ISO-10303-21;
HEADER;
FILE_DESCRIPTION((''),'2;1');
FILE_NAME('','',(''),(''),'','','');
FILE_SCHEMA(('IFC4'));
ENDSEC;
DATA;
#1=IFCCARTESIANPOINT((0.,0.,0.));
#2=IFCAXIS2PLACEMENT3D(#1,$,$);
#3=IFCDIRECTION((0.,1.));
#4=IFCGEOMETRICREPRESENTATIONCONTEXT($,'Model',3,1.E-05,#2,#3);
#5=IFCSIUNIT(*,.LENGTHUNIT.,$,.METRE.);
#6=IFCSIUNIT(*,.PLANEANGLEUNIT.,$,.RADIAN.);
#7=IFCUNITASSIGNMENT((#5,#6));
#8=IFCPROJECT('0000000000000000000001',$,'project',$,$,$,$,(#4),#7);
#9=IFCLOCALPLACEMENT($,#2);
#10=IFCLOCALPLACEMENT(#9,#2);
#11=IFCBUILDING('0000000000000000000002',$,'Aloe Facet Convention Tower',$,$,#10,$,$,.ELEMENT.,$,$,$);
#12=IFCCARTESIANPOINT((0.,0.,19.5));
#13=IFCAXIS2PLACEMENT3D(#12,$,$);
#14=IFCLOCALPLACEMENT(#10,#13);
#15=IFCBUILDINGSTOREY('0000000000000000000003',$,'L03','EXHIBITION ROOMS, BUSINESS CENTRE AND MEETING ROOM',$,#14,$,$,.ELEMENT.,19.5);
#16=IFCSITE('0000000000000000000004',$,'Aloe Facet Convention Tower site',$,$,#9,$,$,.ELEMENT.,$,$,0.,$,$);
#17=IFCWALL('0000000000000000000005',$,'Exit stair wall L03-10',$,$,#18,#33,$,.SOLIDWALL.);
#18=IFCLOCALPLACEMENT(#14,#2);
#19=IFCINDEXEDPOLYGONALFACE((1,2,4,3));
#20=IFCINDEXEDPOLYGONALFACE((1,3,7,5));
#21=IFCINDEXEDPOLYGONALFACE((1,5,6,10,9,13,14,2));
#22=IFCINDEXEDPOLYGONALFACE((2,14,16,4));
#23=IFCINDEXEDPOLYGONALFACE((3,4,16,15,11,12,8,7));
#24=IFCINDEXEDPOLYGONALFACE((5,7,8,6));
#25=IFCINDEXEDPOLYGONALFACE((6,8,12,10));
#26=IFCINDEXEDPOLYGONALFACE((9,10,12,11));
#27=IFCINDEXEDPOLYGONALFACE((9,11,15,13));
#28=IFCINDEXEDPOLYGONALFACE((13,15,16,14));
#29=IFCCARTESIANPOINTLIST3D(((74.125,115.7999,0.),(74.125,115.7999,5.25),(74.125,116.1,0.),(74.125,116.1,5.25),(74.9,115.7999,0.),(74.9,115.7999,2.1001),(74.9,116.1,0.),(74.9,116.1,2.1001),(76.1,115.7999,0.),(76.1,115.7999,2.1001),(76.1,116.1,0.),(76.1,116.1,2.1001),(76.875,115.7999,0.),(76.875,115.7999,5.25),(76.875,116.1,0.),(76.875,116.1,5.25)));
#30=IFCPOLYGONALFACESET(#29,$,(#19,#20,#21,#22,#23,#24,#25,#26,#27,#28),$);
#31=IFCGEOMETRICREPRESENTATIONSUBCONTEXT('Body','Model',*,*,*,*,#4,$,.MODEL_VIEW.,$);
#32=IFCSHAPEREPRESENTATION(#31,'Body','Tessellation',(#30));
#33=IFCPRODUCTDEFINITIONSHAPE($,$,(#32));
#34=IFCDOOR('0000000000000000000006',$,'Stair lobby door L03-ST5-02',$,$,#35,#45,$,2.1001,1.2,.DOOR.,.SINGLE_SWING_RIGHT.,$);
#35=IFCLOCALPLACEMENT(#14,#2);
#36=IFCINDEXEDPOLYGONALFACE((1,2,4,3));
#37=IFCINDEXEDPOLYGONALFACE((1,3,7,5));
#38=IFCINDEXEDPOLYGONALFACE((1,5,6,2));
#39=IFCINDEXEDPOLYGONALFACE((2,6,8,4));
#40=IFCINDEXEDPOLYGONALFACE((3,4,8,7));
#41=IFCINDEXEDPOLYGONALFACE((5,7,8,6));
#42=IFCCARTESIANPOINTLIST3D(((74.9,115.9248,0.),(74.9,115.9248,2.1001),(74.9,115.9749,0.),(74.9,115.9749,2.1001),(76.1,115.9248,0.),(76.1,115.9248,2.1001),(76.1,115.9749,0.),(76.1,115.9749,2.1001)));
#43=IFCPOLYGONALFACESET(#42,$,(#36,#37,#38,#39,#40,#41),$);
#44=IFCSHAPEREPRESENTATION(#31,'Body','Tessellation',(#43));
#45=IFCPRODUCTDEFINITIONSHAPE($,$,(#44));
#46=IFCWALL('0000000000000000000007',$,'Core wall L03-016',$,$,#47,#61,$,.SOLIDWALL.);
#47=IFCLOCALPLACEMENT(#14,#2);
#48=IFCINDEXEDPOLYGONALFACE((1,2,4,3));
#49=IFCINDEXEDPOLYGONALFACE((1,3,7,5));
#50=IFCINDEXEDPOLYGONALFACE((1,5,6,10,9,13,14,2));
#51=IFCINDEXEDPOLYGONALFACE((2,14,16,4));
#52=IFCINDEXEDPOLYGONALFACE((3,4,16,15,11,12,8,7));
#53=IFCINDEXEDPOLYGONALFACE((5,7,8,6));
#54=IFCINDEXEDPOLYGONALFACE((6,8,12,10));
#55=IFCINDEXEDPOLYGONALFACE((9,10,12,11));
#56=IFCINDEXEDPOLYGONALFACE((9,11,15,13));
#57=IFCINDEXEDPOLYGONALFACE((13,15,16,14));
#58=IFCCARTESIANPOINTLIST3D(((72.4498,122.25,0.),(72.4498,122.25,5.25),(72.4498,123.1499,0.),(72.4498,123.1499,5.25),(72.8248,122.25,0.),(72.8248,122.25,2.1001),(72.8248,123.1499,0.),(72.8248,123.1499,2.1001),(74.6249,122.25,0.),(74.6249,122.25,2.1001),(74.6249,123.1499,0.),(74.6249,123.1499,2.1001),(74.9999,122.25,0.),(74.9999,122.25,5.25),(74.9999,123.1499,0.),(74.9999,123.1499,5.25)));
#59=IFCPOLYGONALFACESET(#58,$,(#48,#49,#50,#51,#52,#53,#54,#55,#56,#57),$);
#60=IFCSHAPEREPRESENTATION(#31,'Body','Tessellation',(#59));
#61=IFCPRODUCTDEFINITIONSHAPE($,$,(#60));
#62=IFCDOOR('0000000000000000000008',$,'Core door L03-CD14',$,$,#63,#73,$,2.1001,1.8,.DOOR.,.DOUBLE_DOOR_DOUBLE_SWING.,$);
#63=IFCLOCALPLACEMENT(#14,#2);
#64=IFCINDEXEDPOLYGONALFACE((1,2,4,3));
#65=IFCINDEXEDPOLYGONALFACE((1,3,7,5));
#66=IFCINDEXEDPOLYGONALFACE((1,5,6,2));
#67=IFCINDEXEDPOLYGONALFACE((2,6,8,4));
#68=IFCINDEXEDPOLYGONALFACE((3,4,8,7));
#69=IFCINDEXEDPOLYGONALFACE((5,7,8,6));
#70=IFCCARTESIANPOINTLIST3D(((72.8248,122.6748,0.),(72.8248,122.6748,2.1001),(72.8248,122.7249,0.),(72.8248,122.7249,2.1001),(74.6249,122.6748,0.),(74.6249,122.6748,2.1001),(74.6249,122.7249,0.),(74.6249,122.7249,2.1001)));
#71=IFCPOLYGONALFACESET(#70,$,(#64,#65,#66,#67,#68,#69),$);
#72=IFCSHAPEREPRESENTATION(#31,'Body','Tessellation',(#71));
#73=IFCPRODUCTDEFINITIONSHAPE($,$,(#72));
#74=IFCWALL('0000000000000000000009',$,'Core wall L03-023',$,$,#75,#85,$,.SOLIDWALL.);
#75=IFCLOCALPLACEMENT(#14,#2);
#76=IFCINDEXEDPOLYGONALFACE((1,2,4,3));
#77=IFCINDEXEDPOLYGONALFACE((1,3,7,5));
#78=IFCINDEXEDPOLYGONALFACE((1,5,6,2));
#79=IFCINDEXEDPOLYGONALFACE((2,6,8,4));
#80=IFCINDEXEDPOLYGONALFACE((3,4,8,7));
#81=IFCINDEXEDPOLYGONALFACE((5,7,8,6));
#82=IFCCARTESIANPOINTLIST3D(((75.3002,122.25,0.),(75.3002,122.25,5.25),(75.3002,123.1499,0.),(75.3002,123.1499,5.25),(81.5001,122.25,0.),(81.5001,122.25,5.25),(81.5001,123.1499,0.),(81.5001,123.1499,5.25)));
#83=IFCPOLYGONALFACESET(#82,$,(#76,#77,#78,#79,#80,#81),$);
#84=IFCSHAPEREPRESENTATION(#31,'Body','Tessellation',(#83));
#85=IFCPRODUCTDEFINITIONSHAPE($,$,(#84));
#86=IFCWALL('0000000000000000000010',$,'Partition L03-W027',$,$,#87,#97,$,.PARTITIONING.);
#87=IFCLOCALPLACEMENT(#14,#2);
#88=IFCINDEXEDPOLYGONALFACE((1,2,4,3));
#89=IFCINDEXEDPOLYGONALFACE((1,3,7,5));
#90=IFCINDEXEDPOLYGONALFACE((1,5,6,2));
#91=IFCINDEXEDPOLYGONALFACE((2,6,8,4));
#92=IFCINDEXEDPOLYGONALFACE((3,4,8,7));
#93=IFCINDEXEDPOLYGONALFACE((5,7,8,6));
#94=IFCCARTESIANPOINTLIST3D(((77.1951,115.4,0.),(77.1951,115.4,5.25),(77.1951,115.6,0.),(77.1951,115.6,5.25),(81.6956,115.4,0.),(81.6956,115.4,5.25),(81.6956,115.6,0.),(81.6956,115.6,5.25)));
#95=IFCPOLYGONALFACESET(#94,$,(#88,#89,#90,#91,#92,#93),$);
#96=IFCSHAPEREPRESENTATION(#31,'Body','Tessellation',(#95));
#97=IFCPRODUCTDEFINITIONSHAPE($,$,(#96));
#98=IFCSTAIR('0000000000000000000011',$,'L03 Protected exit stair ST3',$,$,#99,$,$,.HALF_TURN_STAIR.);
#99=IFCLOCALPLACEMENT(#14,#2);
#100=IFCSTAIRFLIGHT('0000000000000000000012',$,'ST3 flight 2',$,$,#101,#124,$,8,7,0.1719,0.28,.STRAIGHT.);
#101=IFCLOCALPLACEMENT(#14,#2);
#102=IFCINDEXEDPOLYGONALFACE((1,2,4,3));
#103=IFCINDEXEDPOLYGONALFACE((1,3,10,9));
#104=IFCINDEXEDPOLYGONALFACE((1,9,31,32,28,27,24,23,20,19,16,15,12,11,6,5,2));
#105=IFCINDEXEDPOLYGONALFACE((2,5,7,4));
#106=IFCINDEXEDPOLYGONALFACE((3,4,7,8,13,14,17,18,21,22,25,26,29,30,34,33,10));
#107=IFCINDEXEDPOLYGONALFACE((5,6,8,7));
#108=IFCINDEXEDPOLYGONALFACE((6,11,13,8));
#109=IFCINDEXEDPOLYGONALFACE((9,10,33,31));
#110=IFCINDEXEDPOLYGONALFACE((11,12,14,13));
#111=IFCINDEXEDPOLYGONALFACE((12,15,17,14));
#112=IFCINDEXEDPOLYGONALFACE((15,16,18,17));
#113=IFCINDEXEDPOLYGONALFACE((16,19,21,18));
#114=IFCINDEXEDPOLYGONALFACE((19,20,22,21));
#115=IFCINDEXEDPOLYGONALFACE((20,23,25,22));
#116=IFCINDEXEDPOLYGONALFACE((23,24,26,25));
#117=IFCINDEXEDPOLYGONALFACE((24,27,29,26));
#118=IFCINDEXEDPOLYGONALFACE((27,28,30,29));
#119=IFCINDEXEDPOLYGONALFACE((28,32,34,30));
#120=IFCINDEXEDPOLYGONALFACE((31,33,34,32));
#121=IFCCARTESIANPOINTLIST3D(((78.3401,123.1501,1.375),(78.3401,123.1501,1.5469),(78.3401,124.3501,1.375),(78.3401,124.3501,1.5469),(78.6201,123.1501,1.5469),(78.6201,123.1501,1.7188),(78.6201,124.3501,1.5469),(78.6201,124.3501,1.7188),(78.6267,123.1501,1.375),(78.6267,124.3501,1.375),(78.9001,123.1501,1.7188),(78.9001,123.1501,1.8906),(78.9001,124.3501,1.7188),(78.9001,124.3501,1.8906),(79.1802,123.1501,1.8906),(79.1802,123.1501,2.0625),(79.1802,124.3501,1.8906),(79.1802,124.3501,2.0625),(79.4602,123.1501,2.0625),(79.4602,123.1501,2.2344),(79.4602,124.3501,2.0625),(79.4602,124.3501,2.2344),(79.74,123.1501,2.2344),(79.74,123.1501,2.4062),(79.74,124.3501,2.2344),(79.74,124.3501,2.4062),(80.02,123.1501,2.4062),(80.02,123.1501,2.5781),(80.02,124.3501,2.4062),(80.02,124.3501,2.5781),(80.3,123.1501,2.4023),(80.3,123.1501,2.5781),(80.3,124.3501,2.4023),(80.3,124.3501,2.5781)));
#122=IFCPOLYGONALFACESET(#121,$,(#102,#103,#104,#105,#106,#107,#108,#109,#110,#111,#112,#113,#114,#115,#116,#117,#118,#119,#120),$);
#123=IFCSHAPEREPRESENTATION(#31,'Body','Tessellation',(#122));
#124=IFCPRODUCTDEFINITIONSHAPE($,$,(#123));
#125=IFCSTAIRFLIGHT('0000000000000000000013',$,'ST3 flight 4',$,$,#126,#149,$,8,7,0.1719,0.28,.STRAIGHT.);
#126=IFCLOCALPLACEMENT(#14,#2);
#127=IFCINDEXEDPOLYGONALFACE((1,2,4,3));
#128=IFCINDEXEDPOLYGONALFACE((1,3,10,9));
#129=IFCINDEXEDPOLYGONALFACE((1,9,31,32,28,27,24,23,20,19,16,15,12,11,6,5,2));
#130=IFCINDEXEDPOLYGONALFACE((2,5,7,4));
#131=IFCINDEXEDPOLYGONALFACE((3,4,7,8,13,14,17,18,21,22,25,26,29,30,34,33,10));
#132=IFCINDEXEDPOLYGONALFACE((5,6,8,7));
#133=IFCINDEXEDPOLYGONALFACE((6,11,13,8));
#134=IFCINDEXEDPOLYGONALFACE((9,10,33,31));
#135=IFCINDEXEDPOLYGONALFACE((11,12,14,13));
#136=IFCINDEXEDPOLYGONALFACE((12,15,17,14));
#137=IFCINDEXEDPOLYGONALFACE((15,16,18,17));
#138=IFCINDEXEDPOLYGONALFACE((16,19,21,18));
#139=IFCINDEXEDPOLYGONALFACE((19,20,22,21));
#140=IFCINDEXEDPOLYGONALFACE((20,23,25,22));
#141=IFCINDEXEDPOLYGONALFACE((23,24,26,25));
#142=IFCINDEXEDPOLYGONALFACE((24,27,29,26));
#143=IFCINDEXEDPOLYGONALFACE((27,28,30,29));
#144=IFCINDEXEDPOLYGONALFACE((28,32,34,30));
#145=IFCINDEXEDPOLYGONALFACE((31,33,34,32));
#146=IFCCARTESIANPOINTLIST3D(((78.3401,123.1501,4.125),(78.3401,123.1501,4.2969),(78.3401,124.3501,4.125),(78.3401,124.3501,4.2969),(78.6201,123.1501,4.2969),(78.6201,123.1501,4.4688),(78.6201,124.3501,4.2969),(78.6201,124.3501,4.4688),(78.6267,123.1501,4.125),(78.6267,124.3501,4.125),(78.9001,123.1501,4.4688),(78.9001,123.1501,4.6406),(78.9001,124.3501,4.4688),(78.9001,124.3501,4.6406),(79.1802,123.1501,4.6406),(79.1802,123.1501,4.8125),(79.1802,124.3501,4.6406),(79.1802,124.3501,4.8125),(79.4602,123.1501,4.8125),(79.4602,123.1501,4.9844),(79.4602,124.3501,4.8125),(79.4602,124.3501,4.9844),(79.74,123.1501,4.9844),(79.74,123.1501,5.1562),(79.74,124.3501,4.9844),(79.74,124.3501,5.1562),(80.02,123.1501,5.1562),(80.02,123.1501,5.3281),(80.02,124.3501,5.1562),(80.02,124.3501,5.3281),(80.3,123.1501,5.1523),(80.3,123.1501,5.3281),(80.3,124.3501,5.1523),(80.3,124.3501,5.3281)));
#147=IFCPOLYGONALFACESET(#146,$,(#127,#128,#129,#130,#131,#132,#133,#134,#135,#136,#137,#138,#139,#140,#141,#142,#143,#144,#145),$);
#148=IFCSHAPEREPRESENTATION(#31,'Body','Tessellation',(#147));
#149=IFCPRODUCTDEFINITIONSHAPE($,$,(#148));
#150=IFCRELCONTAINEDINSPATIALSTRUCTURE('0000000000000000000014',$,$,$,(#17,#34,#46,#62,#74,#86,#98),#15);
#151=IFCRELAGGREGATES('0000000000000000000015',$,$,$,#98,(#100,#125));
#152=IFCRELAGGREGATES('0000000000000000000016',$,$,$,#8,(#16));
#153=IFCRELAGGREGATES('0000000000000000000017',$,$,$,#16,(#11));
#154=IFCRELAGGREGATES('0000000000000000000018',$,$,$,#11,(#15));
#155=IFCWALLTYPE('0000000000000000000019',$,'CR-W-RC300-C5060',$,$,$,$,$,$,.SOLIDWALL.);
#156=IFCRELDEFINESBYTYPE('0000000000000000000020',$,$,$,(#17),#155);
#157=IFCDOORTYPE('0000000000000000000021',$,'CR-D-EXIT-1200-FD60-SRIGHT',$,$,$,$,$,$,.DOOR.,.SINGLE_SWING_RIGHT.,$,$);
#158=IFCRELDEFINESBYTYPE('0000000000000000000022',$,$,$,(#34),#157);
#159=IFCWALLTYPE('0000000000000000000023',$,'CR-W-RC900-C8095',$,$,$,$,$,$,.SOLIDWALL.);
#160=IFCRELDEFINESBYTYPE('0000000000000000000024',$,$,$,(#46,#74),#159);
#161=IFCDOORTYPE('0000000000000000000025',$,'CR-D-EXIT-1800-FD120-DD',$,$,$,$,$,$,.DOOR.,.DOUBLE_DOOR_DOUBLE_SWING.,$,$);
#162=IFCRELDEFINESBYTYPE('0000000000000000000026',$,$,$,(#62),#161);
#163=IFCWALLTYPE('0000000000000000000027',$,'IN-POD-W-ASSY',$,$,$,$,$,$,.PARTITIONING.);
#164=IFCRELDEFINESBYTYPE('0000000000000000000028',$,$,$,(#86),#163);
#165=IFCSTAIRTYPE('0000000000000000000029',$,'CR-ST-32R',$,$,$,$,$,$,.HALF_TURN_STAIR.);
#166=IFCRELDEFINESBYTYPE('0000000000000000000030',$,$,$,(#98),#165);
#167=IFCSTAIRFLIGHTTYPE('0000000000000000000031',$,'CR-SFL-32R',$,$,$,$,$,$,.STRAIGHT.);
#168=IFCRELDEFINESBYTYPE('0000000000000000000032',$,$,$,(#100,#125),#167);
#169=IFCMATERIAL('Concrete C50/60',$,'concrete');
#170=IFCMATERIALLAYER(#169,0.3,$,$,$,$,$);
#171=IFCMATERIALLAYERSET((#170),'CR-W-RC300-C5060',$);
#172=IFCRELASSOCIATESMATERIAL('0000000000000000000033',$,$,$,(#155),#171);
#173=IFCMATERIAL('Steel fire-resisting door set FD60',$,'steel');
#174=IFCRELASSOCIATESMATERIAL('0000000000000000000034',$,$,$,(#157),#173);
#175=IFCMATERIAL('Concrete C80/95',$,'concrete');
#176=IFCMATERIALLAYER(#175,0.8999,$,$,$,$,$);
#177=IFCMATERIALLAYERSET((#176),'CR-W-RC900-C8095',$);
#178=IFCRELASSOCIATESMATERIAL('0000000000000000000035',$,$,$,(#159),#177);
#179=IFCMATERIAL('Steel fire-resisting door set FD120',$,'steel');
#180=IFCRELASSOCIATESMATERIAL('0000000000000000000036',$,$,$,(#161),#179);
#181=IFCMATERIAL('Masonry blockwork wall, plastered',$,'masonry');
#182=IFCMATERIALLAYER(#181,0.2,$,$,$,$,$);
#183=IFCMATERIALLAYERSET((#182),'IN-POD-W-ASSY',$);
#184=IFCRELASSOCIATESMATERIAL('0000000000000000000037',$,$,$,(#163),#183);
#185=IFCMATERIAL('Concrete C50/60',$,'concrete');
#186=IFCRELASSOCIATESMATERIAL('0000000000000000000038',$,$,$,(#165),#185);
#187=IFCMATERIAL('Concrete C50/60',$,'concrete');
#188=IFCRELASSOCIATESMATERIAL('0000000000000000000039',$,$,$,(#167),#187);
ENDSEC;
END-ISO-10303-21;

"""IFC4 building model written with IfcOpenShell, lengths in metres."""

from ifc_helpers import new_model, si_unit, direction, frame, frame_2d, origin, place, context, subcontext, project, spatial, polyline, rectangle, outline, extrude, material, layer, layer_set, type_object, element, fill, aggregate, save


model = new_model("IFC4")

# Units and contexts
model_context = context("Model", 3, precision=1e-05, world=origin(), true_north=direction((0.0, 1.0)))
body_context = subcontext(model_context, "Body", "Model", "MODEL_VIEW")
ifc_project = project(units=[si_unit("LENGTHUNIT", "METRE"), si_unit("PLANEANGLEUNIT", "RADIAN")], contexts=[model_context])

# Site, building, storey
site_placement = place(None, origin())
site = spatial("IfcSite", under=ifc_project, at=site_placement, Name="Aloe Facet Convention Tower site", CompositionType="ELEMENT", RefElevation=0.0)
building_placement = place(site_placement, origin())
building = spatial("IfcBuilding", under=site, at=building_placement, Name="Aloe Facet Convention Tower", CompositionType="ELEMENT")
storey_placement = place(building_placement, frame((0.0, 0.0, 19.5)))
storey = spatial("IfcBuildingStorey", under=building, at=storey_placement, Name="L03", Description="EXHIBITION ROOMS, BUSINESS CENTRE AND MEETING ROOM", CompositionType="ELEMENT", Elevation=19.5)

# Walls, openings, doors
ifc_material_1 = material(Name="Concrete C50/60", Category="concrete")
ifc_layer_1 = layer(ifc_material_1, 0.3)
ifc_layer_set_1 = layer_set([ifc_layer_1], Name="CR-W-RC300-C5060")
wall_type_1 = type_object("IfcWallType", Name="CR-W-RC300-C5060", PredefinedType="SOLIDWALL", material=ifc_layer_set_1)
wall_1_placement = place(storey_placement, frame((74.125, 115.95, 0.0), z_axis=(0.0, 0.0, 1.0), x_axis=(1.0, 0.0, 0.0)))
wall_1 = element("IfcWall", 1, at=wall_1_placement, inside=storey, type_object=wall_type_1, Name="Exit stair wall L03-10", PredefinedType="SOLIDWALL", context=body_context, shape_type="SweptSolid", body=[
    extrude(rectangle(XDim=2.75, YDim=0.3, at=frame_2d((1.375, 0.0))), origin(), (0.0, 0.0, 1.0), 5.25),
])
opening_1_placement = place(wall_1_placement, frame((0.7749, 0.0, 0.0)))
opening_1 = element("IfcOpeningElement", 2, at=opening_1_placement, cuts=wall_1, PredefinedType="OPENING", context=body_context, shape_type="SweptSolid", body=[
    extrude(rectangle(XDim=1.2, YDim=2.1001, at=frame_2d((0.6001, 1.05))), frame((0.0, 0.1602, 0.0), z_axis=(0.0, -1.0, 0.0), x_axis=(1.0, 0.0, 0.0)), (0.0, 0.0, 1.0), 0.3201),
])
ifc_material_2 = material(Name="Steel fire-resisting door set FD60", Category="steel")
door_type_1 = type_object("IfcDoorType", Name="CR-D-EXIT-1200-FD60-SRIGHT", OperationType="SINGLE_SWING_RIGHT", PredefinedType="DOOR", material=ifc_material_2)
door_1_placement = place(opening_1_placement, origin())
door_1 = element("IfcDoor", 3, at=door_1_placement, inside=storey, type_object=door_type_1, Name="Stair lobby door L03-ST5-02", OperationType="SINGLE_SWING_RIGHT", OverallHeight=2.1001, OverallWidth=1.2, PredefinedType="DOOR", context=body_context, shape_type="SweptSolid", body=[
    extrude(rectangle(XDim=1.2, YDim=2.1001, at=frame_2d((0.6001, 1.05))), frame((0.0, 0.0249, 0.0), z_axis=(0.0, -1.0, 0.0), x_axis=(1.0, 0.0, 0.0)), (0.0, 0.0, 1.0), 0.05),
])
fill(opening_1, door_1)
ifc_material_3 = material(Name="Concrete C80/95", Category="concrete")
ifc_layer_2 = layer(ifc_material_3, 0.8999)
ifc_layer_set_2 = layer_set([ifc_layer_2], Name="CR-W-RC900-C8095")
wall_type_2 = type_object("IfcWallType", Name="CR-W-RC900-C8095", PredefinedType="SOLIDWALL", material=ifc_layer_set_2)
wall_2_placement = place(storey_placement, frame((72.45, 122.7, 0.0), z_axis=(0.0, 0.0, 1.0), x_axis=(1.0, 0.0, 0.0)))
wall_2 = element("IfcWall", 4, at=wall_2_placement, inside=storey, type_object=wall_type_2, Name="Core wall L03-016", PredefinedType="SOLIDWALL", context=body_context, shape_type="SweptSolid", body=[
    extrude(rectangle(XDim=2.55, YDim=0.8999, at=frame_2d((1.2749, 0.0))), origin(), (0.0, 0.0, 1.0), 5.25),
])
opening_2_placement = place(wall_2_placement, frame((0.375, 0.0, 0.0)))
opening_2 = element("IfcOpeningElement", 5, at=opening_2_placement, cuts=wall_2, PredefinedType="OPENING", context=body_context, shape_type="SweptSolid", body=[
    extrude(rectangle(XDim=1.8, YDim=2.1001, at=frame_2d((0.8999, 1.05))), frame((0.0, 0.46, 0.0), z_axis=(0.0, -1.0, 0.0), x_axis=(1.0, 0.0, 0.0)), (0.0, 0.0, 1.0), 0.9199),
])
ifc_material_4 = material(Name="Steel fire-resisting door set FD120", Category="steel")
door_type_2 = type_object("IfcDoorType", Name="CR-D-EXIT-1800-FD120-DD", OperationType="DOUBLE_DOOR_DOUBLE_SWING", PredefinedType="DOOR", material=ifc_material_4)
door_2_placement = place(opening_2_placement, origin())
door_2 = element("IfcDoor", 6, at=door_2_placement, inside=storey, type_object=door_type_2, Name="Core door L03-CD14", OperationType="DOUBLE_DOOR_DOUBLE_SWING", OverallHeight=2.1001, OverallWidth=1.8, PredefinedType="DOOR", context=body_context, shape_type="SweptSolid", body=[
    extrude(rectangle(XDim=1.8, YDim=2.1001, at=frame_2d((0.8999, 1.05))), frame((0.0, 0.0249, 0.0), z_axis=(0.0, -1.0, 0.0), x_axis=(1.0, 0.0, 0.0)), (0.0, 0.0, 1.0), 0.05),
])
fill(opening_2, door_2)

# Walls
wall_3_placement = place(storey_placement, frame((75.3, 122.7, 0.0), z_axis=(0.0, 0.0, 1.0), x_axis=(1.0, 0.0, 0.0)))
element("IfcWall", 7, at=wall_3_placement, inside=storey, type_object=wall_type_2, Name="Core wall L03-023", PredefinedType="SOLIDWALL", context=body_context, shape_type="SweptSolid", body=[
    extrude(rectangle(XDim=6.2, YDim=0.8999, at=frame_2d((3.1001, 0.0))), origin(), (0.0, 0.0, 1.0), 5.25),
])
ifc_material_5 = material(Name="Masonry blockwork wall, plastered", Category="masonry")
ifc_layer_3 = layer(ifc_material_5, 0.2)
ifc_layer_set_3 = layer_set([ifc_layer_3], Name="IN-POD-W-ASSY")
wall_type_3 = type_object("IfcWallType", Name="IN-POD-W-ASSY", PredefinedType="PARTITIONING", material=ifc_layer_set_3)
wall_4_placement = place(storey_placement, frame((77.1951, 115.5, 0.0), z_axis=(0.0, 0.0, 1.0), x_axis=(1.0, 0.0, 0.0)))
element("IfcWall", 8, at=wall_4_placement, inside=storey, type_object=wall_type_3, Name="Partition L03-W027", PredefinedType="PARTITIONING", context=body_context, shape_type="SweptSolid", body=[
    extrude(rectangle(XDim=4.5005, YDim=0.2, at=frame_2d((2.2502, 0.0))), origin(), (0.0, 0.0, 1.0), 5.25),
])

# Stair, stair flights
ifc_material_6 = material(Name="Concrete C50/60", Category="concrete")
stair_type_1 = type_object("IfcStairType", Name="CR-ST-32R", PredefinedType="HALF_TURN_STAIR", material=ifc_material_6)
stair_1_placement = place(storey_placement, origin())
stair_1 = element("IfcStair", 9, at=stair_1_placement, inside=storey, type_object=stair_type_1, Name="L03 Protected exit stair ST3", PredefinedType="HALF_TURN_STAIR")
ifc_material_7 = material(Name="Concrete C50/60", Category="concrete")
stair_flight_type_1 = type_object("IfcStairFlightType", Name="CR-SFL-32R", PredefinedType="STRAIGHT", material=ifc_material_7)
stair_flight_1_placement = place(storey_placement, frame((78.3401, 123.75, 1.375), z_axis=(0.0, 0.0, 1.0), x_axis=(1.0, 0.0, 0.0)))
stair_flight_1 = element("IfcStairFlight", 10, at=stair_flight_1_placement, type_object=stair_flight_type_1, Name="ST3 flight 2", NumberOfRisers=8, NumberOfTreads=7, PredefinedType="STRAIGHT", RiserHeight=0.1719, TreadLength=0.28, context=body_context, shape_type="SweptSolid", body=[
    extrude(outline(polyline([(0.0, 0.0), (0.0, 0.1719), (0.28, 0.1719), (0.28, 0.3438), (0.5601, 0.3438), (0.5601, 0.5156), (0.8401, 0.5156), (0.8401, 0.6875), (1.1201, 0.6875), (1.1201, 0.8594), (1.3999, 0.8594), (1.3999, 1.0312), (1.6799, 1.0312), (1.6799, 1.2031), (1.96, 1.2031), (1.96, 1.375), (1.96, 1.0273), (0.2866, 0.0), (0.0, 0.0)])), frame((0.0, 0.6001, 0.0), z_axis=(0.0, -1.0, 0.0), x_axis=(1.0, 0.0, 0.0)), (0.0, 0.0, 1.0), 1.2),
])
stair_flight_2_placement = place(storey_placement, frame((78.3401, 123.75, 4.125), z_axis=(0.0, 0.0, 1.0), x_axis=(1.0, 0.0, 0.0)))
stair_flight_2 = element("IfcStairFlight", 11, at=stair_flight_2_placement, type_object=stair_flight_type_1, Name="ST3 flight 4", NumberOfRisers=8, NumberOfTreads=7, PredefinedType="STRAIGHT", RiserHeight=0.1719, TreadLength=0.28, context=body_context, shape_type="SweptSolid", body=[
    extrude(outline(polyline([(0.0, 0.0), (0.0, 0.1719), (0.28, 0.1719), (0.28, 0.3438), (0.5601, 0.3438), (0.5601, 0.5156), (0.8401, 0.5156), (0.8401, 0.6875), (1.1201, 0.6875), (1.1201, 0.8594), (1.3999, 0.8594), (1.3999, 1.0312), (1.6799, 1.0312), (1.6799, 1.2031), (1.96, 1.2031), (1.96, 1.375), (1.96, 1.0273), (0.2866, 0.0), (0.0, 0.0)])), frame((0.0, 0.6001, 0.0), z_axis=(0.0, -1.0, 0.0), x_axis=(1.0, 0.0, 0.0)), (0.0, 0.0, 1.0), 1.2),
])
aggregate(stair_1, [stair_flight_1, stair_flight_2])

save(model, "model.ifc")
